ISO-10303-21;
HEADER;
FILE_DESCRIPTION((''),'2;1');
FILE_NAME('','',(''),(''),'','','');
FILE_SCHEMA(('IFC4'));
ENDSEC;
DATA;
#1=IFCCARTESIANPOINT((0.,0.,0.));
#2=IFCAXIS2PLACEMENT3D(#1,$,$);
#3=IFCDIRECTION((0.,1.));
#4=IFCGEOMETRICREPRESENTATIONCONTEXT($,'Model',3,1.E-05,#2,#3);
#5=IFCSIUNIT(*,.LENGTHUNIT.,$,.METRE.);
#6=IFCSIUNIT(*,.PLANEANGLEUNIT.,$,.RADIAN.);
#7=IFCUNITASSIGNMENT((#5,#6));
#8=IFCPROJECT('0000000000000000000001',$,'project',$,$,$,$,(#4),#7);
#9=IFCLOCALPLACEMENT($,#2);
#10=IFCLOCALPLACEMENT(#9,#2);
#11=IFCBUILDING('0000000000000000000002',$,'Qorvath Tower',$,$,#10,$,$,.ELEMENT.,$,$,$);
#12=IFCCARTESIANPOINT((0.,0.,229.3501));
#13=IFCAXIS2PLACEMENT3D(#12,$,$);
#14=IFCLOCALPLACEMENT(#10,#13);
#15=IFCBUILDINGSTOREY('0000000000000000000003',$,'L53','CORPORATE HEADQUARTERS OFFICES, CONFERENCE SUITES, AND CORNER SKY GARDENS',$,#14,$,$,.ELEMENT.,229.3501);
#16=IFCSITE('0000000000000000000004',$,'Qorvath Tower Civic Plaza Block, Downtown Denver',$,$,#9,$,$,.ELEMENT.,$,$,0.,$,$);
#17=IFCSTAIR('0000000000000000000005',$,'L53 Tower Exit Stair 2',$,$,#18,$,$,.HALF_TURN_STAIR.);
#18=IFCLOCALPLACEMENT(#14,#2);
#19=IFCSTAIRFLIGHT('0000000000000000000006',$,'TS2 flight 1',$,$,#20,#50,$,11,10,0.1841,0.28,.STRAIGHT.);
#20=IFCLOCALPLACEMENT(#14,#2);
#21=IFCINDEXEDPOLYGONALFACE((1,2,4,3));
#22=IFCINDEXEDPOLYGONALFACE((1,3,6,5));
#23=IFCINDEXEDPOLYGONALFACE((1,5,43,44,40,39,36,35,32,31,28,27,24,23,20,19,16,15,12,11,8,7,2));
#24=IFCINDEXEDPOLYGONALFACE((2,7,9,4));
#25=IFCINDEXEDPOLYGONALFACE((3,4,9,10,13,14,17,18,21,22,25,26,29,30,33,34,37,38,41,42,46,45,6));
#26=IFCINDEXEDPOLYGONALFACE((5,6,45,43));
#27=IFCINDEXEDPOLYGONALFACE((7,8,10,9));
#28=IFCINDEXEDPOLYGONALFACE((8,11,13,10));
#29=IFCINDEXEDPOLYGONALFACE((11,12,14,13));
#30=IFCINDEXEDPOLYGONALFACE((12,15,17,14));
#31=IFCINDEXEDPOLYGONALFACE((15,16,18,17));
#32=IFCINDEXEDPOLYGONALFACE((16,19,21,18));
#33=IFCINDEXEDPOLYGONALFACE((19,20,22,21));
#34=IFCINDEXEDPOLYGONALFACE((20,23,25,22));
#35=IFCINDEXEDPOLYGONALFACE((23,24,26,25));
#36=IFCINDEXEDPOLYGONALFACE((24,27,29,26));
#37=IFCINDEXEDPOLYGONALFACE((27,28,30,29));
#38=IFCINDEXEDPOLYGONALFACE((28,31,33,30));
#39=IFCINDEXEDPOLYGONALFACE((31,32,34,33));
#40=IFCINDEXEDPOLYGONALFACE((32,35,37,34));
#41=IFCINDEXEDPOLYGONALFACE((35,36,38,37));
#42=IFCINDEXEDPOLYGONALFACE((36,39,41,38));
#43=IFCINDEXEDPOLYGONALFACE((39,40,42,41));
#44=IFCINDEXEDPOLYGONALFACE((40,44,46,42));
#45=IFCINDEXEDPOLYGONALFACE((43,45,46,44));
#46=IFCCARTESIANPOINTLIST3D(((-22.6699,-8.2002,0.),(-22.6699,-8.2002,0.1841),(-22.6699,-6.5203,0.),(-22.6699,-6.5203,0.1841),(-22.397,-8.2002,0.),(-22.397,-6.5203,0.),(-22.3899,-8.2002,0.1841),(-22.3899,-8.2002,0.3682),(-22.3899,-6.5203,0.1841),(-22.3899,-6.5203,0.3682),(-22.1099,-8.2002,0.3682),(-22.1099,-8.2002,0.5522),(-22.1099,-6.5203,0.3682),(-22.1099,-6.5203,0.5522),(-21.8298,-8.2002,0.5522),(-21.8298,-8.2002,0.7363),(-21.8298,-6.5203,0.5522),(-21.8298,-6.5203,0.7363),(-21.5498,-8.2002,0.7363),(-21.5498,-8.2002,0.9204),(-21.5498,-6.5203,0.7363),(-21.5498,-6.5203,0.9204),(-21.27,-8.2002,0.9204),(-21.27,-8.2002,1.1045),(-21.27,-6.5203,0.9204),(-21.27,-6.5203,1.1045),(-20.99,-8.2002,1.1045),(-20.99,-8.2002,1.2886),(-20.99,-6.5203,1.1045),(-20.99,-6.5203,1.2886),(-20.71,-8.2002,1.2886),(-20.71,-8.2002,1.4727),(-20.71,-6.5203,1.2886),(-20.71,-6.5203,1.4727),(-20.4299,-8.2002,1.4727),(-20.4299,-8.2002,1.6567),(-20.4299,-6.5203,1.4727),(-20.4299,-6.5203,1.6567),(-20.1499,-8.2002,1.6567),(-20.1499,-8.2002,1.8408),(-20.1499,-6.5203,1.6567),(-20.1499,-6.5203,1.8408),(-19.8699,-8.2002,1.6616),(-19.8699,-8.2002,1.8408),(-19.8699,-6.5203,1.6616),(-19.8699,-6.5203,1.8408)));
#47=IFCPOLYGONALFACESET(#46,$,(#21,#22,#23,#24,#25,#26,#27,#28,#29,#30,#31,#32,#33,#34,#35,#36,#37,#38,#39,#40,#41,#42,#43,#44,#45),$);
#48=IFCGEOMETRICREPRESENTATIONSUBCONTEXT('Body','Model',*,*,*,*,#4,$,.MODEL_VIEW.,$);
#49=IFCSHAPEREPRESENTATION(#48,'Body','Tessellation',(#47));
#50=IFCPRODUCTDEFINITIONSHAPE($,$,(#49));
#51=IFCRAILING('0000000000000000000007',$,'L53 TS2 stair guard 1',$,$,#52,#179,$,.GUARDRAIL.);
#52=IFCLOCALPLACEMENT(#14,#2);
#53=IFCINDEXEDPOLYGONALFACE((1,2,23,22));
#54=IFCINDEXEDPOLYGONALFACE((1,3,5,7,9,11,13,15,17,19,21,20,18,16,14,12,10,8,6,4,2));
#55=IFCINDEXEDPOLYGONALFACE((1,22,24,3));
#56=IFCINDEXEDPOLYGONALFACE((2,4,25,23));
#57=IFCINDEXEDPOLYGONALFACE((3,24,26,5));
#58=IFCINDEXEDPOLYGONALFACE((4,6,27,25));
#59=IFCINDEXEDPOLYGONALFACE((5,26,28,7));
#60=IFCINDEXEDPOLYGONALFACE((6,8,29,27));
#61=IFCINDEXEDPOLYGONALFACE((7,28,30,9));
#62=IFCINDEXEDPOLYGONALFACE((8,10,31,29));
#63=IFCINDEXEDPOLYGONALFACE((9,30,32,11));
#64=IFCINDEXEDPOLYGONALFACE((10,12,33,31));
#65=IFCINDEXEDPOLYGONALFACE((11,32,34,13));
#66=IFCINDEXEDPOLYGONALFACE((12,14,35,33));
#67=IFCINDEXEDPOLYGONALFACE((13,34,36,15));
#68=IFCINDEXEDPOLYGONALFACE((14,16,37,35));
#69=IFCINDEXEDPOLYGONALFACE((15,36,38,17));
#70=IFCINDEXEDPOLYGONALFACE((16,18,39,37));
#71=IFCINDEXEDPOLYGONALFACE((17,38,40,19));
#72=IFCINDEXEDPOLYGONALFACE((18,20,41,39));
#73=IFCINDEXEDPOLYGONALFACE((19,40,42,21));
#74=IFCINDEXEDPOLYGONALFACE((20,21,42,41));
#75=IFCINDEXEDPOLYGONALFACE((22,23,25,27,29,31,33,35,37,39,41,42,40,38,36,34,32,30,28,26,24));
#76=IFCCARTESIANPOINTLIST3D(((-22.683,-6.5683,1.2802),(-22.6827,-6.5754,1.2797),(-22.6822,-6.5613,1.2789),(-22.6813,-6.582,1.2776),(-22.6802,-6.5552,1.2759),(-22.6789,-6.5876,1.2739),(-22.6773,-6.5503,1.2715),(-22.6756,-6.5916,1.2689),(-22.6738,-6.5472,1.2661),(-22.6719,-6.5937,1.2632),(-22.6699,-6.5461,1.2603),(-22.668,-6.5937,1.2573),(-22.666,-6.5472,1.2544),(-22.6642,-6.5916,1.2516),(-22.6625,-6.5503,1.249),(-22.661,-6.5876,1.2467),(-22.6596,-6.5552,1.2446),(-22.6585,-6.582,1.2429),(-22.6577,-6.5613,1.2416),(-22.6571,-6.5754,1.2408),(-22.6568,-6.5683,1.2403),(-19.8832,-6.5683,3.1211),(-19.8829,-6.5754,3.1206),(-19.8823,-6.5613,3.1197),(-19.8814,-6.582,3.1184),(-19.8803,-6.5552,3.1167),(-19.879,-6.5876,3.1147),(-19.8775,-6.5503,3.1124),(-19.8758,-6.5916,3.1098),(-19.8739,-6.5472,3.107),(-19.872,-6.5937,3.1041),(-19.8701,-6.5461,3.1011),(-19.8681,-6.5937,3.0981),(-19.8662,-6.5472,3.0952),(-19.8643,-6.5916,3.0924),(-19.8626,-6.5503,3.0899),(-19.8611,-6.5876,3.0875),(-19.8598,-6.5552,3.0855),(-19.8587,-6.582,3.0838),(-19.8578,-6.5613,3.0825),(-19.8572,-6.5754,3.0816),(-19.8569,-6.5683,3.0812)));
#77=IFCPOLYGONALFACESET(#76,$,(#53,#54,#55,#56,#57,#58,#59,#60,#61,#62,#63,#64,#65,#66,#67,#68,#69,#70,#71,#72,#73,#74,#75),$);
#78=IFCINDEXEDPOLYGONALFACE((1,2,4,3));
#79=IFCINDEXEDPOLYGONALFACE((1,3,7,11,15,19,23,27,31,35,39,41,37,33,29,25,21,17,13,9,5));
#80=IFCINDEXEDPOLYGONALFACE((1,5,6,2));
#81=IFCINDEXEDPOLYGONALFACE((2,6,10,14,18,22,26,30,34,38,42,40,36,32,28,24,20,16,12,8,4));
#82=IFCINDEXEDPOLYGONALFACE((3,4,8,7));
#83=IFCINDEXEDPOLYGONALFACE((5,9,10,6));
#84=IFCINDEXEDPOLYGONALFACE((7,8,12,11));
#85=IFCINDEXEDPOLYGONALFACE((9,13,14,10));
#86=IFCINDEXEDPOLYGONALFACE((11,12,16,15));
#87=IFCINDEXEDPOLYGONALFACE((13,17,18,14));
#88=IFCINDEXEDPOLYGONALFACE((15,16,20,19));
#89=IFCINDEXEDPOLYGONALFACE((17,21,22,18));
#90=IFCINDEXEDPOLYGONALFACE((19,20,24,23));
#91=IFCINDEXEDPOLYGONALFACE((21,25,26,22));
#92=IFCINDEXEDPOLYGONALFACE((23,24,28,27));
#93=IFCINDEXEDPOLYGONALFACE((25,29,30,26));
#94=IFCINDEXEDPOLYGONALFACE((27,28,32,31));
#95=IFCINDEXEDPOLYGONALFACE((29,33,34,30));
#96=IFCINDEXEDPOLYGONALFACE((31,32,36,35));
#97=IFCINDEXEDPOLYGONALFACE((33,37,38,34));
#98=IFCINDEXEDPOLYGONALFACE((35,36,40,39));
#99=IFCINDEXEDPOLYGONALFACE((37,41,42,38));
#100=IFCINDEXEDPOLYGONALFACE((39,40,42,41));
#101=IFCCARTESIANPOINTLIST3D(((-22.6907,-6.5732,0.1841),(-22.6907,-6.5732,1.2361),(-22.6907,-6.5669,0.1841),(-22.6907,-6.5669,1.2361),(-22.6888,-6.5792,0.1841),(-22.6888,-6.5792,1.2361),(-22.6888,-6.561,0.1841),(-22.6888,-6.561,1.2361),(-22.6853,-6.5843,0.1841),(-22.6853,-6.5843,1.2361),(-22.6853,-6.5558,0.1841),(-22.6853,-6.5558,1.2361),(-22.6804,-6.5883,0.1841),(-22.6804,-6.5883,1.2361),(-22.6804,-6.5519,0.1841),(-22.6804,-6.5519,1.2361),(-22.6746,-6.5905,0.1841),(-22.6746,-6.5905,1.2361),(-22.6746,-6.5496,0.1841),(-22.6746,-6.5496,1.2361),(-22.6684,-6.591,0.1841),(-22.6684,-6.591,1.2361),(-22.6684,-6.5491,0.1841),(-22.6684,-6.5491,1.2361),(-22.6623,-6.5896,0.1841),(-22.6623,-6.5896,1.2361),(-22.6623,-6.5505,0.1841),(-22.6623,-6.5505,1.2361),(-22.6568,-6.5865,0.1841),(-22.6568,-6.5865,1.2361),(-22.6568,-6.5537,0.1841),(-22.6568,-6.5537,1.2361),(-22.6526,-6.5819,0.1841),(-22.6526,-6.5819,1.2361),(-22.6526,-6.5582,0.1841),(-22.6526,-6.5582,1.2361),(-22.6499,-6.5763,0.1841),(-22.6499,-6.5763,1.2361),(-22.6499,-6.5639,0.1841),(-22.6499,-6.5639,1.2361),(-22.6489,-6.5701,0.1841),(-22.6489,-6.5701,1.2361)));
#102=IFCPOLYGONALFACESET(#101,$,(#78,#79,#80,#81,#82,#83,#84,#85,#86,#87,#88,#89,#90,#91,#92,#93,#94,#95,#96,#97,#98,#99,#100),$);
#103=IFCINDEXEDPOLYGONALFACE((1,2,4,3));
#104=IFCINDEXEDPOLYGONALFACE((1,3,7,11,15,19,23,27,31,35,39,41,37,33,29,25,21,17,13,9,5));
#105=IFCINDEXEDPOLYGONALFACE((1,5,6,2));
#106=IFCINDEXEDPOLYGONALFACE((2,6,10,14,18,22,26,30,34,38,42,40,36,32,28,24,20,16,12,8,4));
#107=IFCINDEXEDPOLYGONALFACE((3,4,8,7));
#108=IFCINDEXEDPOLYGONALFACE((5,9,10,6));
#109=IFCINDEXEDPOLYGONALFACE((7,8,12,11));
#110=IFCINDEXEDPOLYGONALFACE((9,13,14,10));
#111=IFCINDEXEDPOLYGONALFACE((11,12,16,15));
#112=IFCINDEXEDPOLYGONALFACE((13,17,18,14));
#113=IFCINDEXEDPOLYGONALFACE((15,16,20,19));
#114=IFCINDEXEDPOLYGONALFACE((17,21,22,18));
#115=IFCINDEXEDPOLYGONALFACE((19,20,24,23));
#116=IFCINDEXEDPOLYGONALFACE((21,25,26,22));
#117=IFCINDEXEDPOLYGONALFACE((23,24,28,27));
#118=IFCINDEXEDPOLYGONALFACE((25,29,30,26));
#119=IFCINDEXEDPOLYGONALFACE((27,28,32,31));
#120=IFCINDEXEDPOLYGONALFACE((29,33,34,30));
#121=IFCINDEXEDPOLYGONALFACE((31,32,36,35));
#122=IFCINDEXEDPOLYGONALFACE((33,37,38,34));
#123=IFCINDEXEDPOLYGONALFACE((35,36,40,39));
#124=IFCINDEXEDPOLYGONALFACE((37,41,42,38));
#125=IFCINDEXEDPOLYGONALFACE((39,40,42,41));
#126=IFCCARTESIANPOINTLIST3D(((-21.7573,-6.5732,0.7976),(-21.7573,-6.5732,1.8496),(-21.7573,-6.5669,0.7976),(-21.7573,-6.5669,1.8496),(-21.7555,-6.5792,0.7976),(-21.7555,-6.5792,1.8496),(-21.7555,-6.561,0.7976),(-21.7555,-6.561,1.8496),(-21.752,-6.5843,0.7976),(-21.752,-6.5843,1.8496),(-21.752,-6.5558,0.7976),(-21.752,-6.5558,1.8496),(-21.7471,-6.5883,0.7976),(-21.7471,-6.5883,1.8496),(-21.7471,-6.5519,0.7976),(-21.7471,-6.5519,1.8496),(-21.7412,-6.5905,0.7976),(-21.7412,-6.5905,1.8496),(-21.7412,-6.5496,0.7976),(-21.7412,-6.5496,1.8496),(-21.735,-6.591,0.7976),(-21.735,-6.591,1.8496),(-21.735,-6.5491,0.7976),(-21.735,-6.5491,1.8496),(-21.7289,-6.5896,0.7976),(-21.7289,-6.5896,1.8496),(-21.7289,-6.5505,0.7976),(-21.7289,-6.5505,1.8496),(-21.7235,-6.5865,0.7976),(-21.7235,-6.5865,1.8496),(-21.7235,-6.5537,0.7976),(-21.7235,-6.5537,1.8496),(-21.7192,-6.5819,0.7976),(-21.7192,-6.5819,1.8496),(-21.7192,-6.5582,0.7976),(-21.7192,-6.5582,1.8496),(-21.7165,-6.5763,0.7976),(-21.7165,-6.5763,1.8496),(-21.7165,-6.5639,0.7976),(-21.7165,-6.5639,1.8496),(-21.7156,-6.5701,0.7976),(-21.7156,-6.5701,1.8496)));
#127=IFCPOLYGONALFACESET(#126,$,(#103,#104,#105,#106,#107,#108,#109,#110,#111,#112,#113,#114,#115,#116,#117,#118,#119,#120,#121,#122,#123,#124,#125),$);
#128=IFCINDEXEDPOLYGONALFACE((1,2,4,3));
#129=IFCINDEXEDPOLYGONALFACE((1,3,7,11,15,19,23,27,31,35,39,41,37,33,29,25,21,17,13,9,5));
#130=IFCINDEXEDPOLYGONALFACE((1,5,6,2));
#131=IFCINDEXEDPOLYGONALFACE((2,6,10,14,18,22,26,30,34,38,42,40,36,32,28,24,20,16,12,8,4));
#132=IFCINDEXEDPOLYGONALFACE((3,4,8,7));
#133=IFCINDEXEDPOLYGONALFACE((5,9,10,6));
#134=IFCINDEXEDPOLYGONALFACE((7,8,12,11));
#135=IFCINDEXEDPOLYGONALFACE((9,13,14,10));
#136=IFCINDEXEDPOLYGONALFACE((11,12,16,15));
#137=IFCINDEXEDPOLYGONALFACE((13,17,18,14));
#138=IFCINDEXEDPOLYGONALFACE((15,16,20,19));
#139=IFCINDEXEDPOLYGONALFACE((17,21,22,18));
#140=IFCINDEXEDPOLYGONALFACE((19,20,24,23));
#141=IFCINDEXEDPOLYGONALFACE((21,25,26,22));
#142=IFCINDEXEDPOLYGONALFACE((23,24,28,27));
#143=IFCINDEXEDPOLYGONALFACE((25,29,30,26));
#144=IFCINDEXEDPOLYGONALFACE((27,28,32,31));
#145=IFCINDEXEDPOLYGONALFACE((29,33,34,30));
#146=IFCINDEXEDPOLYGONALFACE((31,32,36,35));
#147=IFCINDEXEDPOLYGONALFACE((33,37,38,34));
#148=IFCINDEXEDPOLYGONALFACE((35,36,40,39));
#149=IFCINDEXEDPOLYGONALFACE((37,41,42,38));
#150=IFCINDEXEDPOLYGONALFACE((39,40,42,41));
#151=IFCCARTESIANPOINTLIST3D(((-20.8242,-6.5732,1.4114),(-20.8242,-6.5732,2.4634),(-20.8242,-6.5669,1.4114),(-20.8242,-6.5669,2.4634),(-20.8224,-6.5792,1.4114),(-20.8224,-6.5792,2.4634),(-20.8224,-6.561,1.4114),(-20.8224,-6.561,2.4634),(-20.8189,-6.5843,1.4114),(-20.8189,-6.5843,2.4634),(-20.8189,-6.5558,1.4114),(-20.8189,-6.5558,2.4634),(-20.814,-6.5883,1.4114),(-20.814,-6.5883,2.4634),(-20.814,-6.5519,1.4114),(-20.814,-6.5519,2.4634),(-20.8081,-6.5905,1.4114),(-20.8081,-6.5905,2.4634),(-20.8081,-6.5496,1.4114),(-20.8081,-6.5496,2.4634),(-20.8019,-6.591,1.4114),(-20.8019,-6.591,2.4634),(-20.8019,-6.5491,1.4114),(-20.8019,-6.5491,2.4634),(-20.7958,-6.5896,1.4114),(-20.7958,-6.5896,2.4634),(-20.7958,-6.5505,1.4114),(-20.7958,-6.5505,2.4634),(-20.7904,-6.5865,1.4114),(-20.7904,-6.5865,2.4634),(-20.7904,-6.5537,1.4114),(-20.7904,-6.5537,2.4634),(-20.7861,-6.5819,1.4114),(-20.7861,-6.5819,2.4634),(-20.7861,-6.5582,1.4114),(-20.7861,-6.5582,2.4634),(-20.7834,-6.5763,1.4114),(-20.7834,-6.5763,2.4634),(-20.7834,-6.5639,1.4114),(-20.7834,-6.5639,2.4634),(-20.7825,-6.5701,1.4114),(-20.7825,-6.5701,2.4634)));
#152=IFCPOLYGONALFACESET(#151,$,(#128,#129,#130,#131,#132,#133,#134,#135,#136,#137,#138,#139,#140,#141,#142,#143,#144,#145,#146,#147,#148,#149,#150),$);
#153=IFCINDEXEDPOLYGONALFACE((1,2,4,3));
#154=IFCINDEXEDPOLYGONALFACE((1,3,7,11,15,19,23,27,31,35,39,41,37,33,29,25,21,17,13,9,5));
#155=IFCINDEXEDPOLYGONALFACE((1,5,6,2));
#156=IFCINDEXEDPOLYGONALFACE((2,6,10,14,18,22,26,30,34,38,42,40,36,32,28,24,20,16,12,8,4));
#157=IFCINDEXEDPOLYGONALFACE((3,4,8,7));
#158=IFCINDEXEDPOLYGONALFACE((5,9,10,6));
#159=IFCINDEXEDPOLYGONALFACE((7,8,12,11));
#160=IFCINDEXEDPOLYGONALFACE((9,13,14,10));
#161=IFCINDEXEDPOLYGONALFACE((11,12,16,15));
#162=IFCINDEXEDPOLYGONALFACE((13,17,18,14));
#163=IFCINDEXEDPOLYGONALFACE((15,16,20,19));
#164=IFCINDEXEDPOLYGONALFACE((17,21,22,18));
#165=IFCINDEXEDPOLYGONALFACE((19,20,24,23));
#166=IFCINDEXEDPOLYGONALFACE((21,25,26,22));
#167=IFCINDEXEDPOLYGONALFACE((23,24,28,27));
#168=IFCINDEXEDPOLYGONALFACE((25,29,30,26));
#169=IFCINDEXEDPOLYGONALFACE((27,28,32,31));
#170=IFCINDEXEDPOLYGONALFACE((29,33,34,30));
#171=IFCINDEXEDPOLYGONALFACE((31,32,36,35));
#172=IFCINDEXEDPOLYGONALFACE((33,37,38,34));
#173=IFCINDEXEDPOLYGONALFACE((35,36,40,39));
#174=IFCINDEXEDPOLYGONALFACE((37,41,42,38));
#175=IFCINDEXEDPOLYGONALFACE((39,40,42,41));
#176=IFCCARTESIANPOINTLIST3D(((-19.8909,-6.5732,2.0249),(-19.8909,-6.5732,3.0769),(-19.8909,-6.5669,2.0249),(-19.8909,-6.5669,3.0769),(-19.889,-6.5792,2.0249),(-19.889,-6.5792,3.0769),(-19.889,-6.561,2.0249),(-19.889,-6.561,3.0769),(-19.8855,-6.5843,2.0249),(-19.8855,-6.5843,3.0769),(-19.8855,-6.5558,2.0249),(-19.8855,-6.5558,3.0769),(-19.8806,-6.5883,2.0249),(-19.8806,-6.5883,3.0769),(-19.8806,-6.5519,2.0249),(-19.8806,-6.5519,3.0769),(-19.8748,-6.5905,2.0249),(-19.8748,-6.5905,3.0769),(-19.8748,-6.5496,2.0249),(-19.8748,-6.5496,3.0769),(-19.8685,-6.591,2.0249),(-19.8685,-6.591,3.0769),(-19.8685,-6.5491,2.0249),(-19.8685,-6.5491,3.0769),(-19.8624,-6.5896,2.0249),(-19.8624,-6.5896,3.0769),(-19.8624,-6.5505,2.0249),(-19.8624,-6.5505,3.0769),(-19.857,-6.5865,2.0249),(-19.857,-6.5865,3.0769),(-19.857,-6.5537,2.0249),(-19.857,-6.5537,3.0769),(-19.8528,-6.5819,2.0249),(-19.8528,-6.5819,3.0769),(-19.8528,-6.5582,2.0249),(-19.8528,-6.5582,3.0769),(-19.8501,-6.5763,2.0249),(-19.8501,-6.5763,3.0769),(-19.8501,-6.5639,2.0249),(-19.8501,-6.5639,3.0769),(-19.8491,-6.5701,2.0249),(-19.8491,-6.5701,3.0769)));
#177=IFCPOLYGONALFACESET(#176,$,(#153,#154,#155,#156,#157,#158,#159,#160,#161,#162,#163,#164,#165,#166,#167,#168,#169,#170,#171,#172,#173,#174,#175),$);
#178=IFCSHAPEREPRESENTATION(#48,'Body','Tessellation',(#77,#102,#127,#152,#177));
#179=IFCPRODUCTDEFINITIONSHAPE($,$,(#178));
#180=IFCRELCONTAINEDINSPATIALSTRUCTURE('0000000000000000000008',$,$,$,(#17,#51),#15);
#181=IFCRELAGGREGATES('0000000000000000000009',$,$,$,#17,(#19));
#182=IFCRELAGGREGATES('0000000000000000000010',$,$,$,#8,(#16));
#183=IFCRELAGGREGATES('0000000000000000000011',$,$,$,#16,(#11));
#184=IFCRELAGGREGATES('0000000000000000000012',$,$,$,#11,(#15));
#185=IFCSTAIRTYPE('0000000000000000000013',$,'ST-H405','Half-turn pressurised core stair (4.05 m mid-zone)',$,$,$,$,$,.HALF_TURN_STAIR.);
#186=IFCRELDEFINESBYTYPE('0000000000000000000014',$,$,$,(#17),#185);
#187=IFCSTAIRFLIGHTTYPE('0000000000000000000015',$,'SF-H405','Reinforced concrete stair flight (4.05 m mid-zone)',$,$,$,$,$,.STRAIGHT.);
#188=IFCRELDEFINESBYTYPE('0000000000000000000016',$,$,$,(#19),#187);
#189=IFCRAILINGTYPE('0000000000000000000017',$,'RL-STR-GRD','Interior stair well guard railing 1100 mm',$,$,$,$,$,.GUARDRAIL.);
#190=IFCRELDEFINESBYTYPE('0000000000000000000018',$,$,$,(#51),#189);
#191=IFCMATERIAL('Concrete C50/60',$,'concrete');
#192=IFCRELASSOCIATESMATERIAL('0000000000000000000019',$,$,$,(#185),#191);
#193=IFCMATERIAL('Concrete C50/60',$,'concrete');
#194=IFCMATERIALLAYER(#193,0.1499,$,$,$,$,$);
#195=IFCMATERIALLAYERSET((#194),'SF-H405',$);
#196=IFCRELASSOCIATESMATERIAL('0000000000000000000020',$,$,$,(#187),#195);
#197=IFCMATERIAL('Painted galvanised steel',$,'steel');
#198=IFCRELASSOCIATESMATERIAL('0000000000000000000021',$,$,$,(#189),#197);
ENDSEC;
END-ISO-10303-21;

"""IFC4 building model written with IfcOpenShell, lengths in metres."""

from ifc_helpers import new_model, si_unit, direction, frame, origin, origin_2d, place, context, subcontext, project, spatial, polyline, circle, outline, extrude, material, layer, layer_set, type_object, element, aggregate, save


model = new_model("IFC4")

# Units and contexts
model_context = context("Model", 3, precision=1e-05, world=origin(), true_north=direction((0.0, 1.0)))
body_context = subcontext(model_context, "Body", "Model", "MODEL_VIEW")
ifc_project = project(units=[si_unit("LENGTHUNIT", "METRE"), si_unit("PLANEANGLEUNIT", "RADIAN")], contexts=[model_context])

# Site, building, storey
site_placement = place(None, origin())
site = spatial("IfcSite", under=ifc_project, at=site_placement, Name="Qorvath Tower Civic Plaza Block, Downtown Denver", CompositionType="ELEMENT", RefElevation=0.0)
building_placement = place(site_placement, origin())
building = spatial("IfcBuilding", under=site, at=building_placement, Name="Qorvath Tower", CompositionType="ELEMENT")
storey_placement = place(building_placement, frame((0.0, 0.0, 229.3501)))
storey = spatial("IfcBuildingStorey", under=building, at=storey_placement, Name="L53", Description="CORPORATE HEADQUARTERS OFFICES, CONFERENCE SUITES, AND CORNER SKY GARDENS", CompositionType="ELEMENT", Elevation=229.3501)

# Stair, stair flight
ifc_material_1 = material(Name="Concrete C50/60", Category="concrete")
stair_type = type_object("IfcStairType", Name="ST-H405", Description="Half-turn pressurised core stair (4.05 m mid-zone)", PredefinedType="HALF_TURN_STAIR", material=ifc_material_1)
stair_placement = place(storey_placement, origin())
stair = element("IfcStair", 1, at=stair_placement, inside=storey, type_object=stair_type, Name="L53 Tower Exit Stair 2", PredefinedType="HALF_TURN_STAIR")
ifc_material_2 = material(Name="Concrete C50/60", Category="concrete")
ifc_layer_1 = layer(ifc_material_2, 0.1499)
ifc_layer_set_1 = layer_set([ifc_layer_1], Name="SF-H405")
stair_flight_type = type_object("IfcStairFlightType", Name="SF-H405", Description="Reinforced concrete stair flight (4.05 m mid-zone)", PredefinedType="STRAIGHT", material=ifc_layer_set_1)
stair_flight_placement = place(storey_placement, frame((-22.6699, -7.3601, 0.0), z_axis=(0.0, 0.0, 1.0), x_axis=(1.0, 0.0, 0.0)))
stair_flight = element("IfcStairFlight", 2, at=stair_flight_placement, type_object=stair_flight_type, Name="TS2 flight 1", NumberOfRisers=11, NumberOfTreads=10, PredefinedType="STRAIGHT", RiserHeight=0.1841, TreadLength=0.28, context=body_context, shape_type="SweptSolid", body=[
    extrude(outline(polyline([(0.0, 0.0), (0.0, 0.1841), (0.28, 0.1841), (0.28, 0.3682), (0.5601, 0.3682), (0.5601, 0.5522), (0.8401, 0.5522), (0.8401, 0.7363), (1.1201, 0.7363), (1.1201, 0.9204), (1.3999, 0.9204), (1.3999, 1.1045), (1.6799, 1.1045), (1.6799, 1.2886), (1.96, 1.2886), (1.96, 1.4727), (2.24, 1.4727), (2.24, 1.6567), (2.52, 1.6567), (2.52, 1.8408), (2.8, 1.8408), (2.8, 2.0249), (2.8, 1.6616), (0.2729, 0.0), (0.0, 0.0)])), frame((0.0, 0.8398, 0.0), z_axis=(0.0, -1.0, 0.0), x_axis=(1.0, 0.0, 0.0)), (0.0, 0.0, 1.0), 1.6799),
])
aggregate(stair, [stair_flight])

# Railing
ifc_material_3 = material(Name="Painted galvanised steel", Category="steel")
railing_type_1 = type_object("IfcRailingType", Name="RL-STR-GRD", Description="Interior stair well guard railing 1100 mm", PredefinedType="GUARDRAIL", material=ifc_material_3)
railing_1_placement = place(storey_placement, frame((-22.6699, -6.5701, 0.1841)))
element("IfcRailing", 3, at=railing_1_placement, inside=storey, type_object=railing_type_1, Name="L53 TS2 stair guard 1", PredefinedType="GUARDRAIL", context=body_context, shape_type="SweptSolid", body=[
    extrude(circle(Radius=0.0239, at=origin_2d()), frame((0.0, 0.0, 1.0762), z_axis=(0.835576, 0.0, 0.549376), x_axis=(0.0, 1.0, 0.0)), (0.0, 0.0, 1.0), 3.3508),
    extrude(circle(Radius=0.021, at=origin_2d()), origin(), (0.0, 0.0, 1.0), 1.052),
    extrude(circle(Radius=0.021, at=origin_2d()), frame((0.9333, 0.0, 0.6135)), (0.0, 0.0, 1.0), 1.052),
    extrude(circle(Radius=0.021, at=origin_2d()), frame((1.8665, 0.0, 1.2273)), (0.0, 0.0, 1.0), 1.052),
    extrude(circle(Radius=0.021, at=origin_2d()), frame((2.7998, 0.0, 1.8408)), (0.0, 0.0, 1.0), 1.052),
])

save(model, "model.ifc")
